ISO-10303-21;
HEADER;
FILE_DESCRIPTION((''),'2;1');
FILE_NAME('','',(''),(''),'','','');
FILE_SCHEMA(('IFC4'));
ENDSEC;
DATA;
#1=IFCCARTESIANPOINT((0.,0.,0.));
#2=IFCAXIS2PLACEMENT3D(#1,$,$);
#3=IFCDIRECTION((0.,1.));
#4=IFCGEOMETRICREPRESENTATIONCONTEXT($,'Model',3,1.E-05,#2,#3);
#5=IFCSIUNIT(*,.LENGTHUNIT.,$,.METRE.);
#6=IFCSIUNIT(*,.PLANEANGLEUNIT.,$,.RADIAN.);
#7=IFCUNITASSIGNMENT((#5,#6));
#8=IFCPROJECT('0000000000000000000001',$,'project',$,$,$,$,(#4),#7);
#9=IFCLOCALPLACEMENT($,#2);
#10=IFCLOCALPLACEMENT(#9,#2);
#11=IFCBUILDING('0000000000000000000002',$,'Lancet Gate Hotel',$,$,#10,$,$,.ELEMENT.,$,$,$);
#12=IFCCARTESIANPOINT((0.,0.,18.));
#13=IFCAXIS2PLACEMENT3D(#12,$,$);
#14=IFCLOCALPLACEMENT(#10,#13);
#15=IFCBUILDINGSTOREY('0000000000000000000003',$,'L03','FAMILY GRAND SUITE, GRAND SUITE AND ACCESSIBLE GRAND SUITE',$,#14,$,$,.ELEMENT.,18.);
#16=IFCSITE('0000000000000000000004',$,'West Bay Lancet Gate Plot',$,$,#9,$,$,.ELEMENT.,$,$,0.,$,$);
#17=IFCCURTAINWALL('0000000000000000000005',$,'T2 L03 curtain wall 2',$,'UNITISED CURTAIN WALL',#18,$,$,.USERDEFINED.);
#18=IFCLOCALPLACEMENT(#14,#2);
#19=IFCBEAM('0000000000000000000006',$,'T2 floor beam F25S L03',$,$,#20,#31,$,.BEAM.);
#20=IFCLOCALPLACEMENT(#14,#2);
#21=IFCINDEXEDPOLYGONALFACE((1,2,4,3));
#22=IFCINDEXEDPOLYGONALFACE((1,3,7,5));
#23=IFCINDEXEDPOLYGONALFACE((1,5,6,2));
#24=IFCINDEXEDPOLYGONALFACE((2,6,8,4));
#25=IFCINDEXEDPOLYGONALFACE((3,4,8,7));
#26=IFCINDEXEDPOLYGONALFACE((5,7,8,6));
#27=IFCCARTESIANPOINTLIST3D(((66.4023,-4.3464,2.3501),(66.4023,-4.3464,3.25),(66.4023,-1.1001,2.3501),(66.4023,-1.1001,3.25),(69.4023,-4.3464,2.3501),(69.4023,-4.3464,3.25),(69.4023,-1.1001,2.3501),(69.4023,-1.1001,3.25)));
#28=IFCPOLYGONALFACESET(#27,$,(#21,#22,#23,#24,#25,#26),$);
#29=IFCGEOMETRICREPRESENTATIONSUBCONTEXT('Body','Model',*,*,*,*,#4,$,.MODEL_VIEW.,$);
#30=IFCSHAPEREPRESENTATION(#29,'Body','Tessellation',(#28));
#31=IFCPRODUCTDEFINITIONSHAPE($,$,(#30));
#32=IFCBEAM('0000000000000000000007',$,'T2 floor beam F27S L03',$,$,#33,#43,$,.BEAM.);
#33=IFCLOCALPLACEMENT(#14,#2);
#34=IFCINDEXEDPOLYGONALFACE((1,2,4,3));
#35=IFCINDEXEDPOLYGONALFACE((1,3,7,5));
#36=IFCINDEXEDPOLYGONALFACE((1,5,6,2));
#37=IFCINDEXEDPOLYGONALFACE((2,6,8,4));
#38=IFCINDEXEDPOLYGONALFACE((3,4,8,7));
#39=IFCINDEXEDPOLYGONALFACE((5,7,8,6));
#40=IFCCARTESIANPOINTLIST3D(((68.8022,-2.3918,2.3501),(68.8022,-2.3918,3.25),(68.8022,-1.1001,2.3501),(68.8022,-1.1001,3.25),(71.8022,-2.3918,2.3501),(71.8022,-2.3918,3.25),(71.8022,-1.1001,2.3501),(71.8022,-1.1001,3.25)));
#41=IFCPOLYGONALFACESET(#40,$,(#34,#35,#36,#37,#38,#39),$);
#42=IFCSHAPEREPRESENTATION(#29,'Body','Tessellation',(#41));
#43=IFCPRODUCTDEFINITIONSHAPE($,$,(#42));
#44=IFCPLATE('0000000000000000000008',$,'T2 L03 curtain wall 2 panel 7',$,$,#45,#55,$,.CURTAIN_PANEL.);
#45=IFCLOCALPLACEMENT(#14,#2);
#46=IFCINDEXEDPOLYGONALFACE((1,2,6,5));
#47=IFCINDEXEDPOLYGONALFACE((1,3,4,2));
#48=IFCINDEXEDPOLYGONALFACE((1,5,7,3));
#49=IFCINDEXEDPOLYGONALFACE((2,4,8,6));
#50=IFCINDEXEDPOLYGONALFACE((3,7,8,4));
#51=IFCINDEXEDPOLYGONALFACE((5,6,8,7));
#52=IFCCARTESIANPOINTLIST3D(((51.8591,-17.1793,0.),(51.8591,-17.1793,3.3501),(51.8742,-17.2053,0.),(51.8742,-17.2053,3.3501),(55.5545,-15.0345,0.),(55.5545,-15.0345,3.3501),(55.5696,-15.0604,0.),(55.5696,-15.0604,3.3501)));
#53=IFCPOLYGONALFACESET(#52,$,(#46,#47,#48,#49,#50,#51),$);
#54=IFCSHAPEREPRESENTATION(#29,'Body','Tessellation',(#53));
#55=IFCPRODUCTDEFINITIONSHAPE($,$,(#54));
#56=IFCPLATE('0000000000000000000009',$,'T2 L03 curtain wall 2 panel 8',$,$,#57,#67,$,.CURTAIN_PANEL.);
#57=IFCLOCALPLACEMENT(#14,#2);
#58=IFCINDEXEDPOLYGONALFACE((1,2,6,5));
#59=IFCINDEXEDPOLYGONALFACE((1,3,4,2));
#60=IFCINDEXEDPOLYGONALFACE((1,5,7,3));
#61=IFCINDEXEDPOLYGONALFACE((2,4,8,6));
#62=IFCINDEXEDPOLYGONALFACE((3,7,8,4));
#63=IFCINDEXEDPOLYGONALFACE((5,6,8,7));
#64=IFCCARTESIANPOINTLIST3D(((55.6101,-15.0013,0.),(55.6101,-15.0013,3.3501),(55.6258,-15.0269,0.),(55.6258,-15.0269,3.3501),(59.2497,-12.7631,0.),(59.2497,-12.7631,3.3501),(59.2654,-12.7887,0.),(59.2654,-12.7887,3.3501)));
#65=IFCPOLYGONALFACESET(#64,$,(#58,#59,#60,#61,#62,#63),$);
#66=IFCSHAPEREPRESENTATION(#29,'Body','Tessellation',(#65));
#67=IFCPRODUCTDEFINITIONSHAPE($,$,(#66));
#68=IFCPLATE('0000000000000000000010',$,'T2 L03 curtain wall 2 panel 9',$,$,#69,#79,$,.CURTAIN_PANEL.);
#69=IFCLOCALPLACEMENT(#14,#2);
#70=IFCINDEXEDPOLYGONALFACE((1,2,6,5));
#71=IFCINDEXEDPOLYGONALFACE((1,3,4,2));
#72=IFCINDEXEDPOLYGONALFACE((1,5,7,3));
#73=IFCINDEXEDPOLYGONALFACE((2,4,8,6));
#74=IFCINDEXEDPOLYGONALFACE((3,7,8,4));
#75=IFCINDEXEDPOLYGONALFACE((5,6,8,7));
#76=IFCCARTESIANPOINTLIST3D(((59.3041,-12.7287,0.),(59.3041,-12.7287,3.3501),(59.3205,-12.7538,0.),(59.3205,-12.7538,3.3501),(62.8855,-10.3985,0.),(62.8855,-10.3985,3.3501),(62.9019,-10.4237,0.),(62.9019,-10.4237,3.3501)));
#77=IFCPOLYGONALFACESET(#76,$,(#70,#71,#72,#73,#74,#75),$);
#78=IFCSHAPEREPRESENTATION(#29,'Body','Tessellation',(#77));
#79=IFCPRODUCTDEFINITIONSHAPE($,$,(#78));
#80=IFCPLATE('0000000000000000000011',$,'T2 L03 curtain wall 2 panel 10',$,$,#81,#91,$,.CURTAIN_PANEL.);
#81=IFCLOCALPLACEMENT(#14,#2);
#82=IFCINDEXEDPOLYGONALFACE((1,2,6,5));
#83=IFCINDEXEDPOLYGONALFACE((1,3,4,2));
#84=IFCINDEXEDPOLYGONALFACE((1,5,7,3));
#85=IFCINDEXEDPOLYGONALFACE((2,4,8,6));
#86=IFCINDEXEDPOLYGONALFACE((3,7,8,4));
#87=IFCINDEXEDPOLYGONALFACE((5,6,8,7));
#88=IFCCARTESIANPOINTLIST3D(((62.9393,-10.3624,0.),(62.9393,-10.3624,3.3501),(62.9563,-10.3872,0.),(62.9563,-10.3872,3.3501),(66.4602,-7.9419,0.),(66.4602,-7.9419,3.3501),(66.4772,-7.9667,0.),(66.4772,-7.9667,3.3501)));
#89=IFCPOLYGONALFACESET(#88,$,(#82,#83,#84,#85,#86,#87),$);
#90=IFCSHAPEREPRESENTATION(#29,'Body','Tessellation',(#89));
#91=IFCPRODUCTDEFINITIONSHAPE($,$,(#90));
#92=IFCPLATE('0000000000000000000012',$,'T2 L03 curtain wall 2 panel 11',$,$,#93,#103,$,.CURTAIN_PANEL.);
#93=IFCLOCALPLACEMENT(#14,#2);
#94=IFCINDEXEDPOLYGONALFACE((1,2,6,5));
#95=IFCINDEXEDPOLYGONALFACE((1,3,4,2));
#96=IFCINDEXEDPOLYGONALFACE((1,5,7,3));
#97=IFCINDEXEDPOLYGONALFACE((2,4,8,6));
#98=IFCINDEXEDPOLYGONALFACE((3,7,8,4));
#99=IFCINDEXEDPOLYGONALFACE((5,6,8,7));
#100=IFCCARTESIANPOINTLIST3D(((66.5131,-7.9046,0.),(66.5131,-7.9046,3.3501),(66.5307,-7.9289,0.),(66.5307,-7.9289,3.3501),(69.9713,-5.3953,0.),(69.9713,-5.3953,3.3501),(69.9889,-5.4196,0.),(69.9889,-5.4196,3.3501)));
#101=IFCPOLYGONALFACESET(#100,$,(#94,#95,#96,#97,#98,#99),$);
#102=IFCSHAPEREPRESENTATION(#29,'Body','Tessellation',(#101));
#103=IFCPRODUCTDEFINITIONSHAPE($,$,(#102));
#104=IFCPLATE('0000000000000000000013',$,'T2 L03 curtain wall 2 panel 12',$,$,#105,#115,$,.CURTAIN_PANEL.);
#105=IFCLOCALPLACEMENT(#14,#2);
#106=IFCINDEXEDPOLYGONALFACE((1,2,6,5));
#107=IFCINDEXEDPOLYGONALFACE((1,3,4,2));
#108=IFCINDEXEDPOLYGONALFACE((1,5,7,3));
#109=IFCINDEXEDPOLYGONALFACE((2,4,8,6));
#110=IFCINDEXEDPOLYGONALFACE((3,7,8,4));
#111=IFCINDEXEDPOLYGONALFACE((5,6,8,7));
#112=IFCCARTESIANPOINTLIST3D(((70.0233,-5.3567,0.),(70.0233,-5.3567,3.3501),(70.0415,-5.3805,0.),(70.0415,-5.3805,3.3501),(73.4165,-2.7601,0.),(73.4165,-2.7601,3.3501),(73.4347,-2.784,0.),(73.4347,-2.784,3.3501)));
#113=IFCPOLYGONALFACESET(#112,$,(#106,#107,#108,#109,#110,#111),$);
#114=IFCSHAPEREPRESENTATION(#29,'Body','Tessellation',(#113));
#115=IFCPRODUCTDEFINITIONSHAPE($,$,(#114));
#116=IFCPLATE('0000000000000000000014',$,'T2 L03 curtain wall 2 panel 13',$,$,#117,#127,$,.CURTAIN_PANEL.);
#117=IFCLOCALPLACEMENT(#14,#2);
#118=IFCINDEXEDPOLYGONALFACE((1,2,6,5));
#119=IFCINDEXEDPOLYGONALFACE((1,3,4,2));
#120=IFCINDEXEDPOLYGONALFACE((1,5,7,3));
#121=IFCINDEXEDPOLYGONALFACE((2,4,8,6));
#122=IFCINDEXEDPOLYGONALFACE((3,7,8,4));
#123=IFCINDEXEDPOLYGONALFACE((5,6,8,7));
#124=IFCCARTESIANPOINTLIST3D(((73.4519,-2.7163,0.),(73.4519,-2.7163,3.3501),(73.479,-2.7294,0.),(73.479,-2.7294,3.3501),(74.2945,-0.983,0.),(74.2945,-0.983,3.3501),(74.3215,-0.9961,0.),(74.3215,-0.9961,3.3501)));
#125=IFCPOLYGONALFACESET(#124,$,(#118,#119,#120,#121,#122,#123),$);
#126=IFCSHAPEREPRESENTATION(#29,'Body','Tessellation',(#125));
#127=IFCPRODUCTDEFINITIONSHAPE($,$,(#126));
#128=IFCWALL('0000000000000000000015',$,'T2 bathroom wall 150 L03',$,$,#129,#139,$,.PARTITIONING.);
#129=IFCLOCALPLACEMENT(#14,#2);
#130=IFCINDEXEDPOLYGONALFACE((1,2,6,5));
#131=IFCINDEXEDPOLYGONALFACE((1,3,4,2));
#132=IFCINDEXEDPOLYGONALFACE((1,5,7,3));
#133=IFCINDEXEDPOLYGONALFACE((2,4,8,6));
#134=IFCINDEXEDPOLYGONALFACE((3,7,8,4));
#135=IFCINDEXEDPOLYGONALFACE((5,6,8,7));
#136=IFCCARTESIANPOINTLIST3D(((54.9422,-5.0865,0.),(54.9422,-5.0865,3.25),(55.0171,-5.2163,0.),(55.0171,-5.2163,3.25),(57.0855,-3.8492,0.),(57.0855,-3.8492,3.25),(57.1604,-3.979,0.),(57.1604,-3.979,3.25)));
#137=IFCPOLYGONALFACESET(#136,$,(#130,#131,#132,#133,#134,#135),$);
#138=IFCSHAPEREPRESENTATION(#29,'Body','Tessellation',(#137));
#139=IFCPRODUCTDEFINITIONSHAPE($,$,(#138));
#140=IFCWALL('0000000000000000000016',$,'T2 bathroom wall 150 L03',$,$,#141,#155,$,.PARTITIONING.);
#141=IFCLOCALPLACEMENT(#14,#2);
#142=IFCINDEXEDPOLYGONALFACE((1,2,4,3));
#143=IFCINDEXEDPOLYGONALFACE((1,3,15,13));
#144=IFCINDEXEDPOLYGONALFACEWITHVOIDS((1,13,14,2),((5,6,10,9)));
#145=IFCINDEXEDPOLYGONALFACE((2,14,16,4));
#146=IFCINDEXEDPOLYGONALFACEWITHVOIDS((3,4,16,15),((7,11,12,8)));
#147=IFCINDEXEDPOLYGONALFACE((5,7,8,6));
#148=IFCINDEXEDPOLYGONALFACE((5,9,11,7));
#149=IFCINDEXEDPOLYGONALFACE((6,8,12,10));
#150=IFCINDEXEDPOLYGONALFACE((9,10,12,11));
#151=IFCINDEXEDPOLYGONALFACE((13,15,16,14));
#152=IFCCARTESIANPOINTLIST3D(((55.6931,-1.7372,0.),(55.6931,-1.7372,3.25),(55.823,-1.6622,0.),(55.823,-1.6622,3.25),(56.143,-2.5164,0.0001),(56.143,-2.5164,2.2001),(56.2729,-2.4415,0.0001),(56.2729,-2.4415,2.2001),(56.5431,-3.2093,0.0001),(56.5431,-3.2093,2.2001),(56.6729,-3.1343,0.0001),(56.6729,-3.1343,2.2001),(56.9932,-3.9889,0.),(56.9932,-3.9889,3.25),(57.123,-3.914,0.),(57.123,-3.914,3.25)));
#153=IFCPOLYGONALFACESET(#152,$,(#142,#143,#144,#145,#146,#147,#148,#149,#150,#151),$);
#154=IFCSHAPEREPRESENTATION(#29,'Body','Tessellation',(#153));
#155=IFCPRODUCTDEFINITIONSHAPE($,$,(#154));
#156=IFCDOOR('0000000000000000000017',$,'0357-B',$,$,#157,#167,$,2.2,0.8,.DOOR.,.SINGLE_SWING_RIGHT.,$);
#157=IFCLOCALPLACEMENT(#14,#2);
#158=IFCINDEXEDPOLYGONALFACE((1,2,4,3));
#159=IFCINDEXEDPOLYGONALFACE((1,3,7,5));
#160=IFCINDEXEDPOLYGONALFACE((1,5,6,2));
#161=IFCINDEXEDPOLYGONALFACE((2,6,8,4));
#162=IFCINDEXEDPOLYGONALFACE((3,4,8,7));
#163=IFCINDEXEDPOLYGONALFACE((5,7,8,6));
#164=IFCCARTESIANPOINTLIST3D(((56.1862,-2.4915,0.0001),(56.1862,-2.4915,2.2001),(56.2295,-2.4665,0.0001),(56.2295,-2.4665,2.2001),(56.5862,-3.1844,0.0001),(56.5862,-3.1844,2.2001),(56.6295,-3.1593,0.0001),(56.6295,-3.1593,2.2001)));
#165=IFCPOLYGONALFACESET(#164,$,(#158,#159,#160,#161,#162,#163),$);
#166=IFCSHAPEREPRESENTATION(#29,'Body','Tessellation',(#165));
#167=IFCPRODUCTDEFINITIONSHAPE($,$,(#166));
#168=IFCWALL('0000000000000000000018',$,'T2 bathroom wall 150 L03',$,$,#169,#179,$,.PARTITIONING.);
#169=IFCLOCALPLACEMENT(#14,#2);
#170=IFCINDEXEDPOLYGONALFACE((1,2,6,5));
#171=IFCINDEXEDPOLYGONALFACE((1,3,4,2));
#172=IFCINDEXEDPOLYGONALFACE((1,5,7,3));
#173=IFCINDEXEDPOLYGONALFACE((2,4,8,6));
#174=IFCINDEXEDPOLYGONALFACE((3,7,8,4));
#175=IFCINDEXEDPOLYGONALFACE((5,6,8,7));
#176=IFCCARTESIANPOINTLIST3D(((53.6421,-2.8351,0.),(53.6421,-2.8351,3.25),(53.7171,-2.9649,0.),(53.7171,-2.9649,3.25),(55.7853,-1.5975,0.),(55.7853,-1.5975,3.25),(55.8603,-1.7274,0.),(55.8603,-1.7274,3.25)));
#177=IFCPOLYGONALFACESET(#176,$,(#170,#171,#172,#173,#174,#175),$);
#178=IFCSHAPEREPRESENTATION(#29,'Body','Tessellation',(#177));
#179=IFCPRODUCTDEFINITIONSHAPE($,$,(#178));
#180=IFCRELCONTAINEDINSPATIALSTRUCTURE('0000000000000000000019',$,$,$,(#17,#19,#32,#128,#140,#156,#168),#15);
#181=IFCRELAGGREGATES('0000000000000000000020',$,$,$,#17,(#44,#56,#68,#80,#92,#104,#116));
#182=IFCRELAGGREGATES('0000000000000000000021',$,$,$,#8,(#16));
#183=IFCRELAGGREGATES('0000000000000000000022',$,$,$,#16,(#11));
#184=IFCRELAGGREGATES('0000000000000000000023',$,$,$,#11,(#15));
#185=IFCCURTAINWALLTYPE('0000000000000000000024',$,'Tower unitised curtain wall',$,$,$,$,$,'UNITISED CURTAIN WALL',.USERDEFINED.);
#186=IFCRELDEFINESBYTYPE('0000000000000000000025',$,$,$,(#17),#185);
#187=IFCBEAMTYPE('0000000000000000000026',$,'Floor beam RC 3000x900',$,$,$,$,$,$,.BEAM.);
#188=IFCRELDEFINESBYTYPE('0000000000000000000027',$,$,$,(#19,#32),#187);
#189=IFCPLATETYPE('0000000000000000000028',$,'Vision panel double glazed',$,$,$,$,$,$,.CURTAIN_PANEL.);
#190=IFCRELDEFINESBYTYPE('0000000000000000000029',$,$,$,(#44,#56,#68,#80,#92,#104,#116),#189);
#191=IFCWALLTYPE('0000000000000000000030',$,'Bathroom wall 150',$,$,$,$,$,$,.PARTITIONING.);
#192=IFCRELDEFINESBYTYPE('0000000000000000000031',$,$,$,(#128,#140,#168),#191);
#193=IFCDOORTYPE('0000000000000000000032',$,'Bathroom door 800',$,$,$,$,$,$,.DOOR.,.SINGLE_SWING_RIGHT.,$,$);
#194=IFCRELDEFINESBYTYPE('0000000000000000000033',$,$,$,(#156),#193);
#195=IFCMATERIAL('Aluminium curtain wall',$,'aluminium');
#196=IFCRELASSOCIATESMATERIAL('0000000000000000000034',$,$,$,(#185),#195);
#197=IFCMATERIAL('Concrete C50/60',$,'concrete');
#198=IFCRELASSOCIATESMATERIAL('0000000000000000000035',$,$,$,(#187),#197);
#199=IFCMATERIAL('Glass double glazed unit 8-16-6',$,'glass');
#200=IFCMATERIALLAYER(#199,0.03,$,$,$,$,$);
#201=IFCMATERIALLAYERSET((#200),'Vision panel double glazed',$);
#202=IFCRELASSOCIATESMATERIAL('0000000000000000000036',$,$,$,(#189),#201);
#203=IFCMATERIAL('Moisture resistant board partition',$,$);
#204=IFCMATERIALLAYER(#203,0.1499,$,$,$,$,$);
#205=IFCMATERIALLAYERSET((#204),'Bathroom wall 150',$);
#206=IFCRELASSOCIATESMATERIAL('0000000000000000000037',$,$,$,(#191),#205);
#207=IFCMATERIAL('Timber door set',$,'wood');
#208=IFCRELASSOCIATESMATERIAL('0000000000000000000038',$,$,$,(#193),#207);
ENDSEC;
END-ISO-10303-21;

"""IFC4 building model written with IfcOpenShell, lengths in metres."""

from ifc_helpers import new_model, si_unit, direction, frame, frame_2d, origin, origin_2d, place, context, subcontext, project, spatial, rectangle, extrude, material, layer, layer_set, material_profile, profile_set, type_object, element, fill, aggregate, save


model = new_model("IFC4")

# Units and contexts
model_context = context("Model", 3, precision=1e-05, world=origin(), true_north=direction((0.0, 1.0)))
body_context = subcontext(model_context, "Body", "Model", "MODEL_VIEW")
ifc_project = project(units=[si_unit("LENGTHUNIT", "METRE"), si_unit("PLANEANGLEUNIT", "RADIAN")], contexts=[model_context])

# Site, building, storey
site_placement = place(None, origin())
site = spatial("IfcSite", under=ifc_project, at=site_placement, Name="West Bay Lancet Gate Plot", CompositionType="ELEMENT", RefElevation=0.0)
building_placement = place(site_placement, origin())
building = spatial("IfcBuilding", under=site, at=building_placement, Name="Lancet Gate Hotel", CompositionType="ELEMENT")
storey_placement = place(building_placement, frame((0.0, 0.0, 18.0)))
storey = spatial("IfcBuildingStorey", under=building, at=storey_placement, Name="L03", Description="FAMILY GRAND SUITE, GRAND SUITE AND ACCESSIBLE GRAND SUITE", CompositionType="ELEMENT", Elevation=18.0)

# Curtain wall
ifc_material_1 = material(Name="Aluminium curtain wall", Category="aluminium")
curtain_wall_type = type_object("IfcCurtainWallType", Name="Tower unitised curtain wall", ElementType="UNITISED CURTAIN WALL", PredefinedType="USERDEFINED", material=ifc_material_1)
curtain_wall_placement = place(storey_placement, origin())
curtain_wall = element("IfcCurtainWall", 1, at=curtain_wall_placement, inside=storey, type_object=curtain_wall_type, Name="T2 L03 curtain wall 2", ObjectType="UNITISED CURTAIN WALL", PredefinedType="USERDEFINED")

# Beams
ifc_material_2 = material(Name="Concrete C50/60", Category="concrete")
ifc_material_profile_1 = material_profile(ifc_material_2, rectangle(XDim=3.0, YDim=0.8999, at=origin_2d()), Name="RC 3000x900")
ifc_profile_set_1 = profile_set([ifc_material_profile_1], Name="Concrete C50/60")
beam_type_1 = type_object("IfcBeamType", Name="Floor beam RC 3000x900", PredefinedType="BEAM", material=ifc_profile_set_1)
beam_1_placement = place(storey_placement, frame((67.9023, -4.3464, 2.8), z_axis=(0.0, 1.0, 0.0), x_axis=(-1.0, 0.0, 0.0)))
element("IfcBeam", 2, at=beam_1_placement, inside=storey, type_object=beam_type_1, Name="T2 floor beam F25S L03", PredefinedType="BEAM", context=body_context, shape_type="SweptSolid", body=[
    extrude(rectangle(XDim=3.0, YDim=0.8999, at=origin_2d()), origin(), (0.0, 0.0, 1.0), 3.2463),
])
beam_2_placement = place(storey_placement, frame((70.3022, -2.3918, 2.8), z_axis=(0.0, 1.0, 0.0), x_axis=(-1.0, 0.0, 0.0)))
element("IfcBeam", 3, at=beam_2_placement, inside=storey, type_object=beam_type_1, Name="T2 floor beam F27S L03", PredefinedType="BEAM", context=body_context, shape_type="SweptSolid", body=[
    extrude(rectangle(XDim=3.0, YDim=0.8999, at=origin_2d()), origin(), (0.0, 0.0, 1.0), 1.2917),
])

# Plates
ifc_material_3 = material(Name="Glass double glazed unit 8-16-6", Category="glass")
ifc_layer_1 = layer(ifc_material_3, 0.03)
ifc_layer_set_1 = layer_set([ifc_layer_1], Name="Vision panel double glazed")
plate_type = type_object("IfcPlateType", Name="Vision panel double glazed", PredefinedType="CURTAIN_PANEL", material=ifc_layer_set_1)
plate_1_placement = place(storey_placement, frame((53.7144, -16.1199, 0.0), z_axis=(0.0, 0.0, 1.0), x_axis=(0.864872, 0.501993, 0.0)))
plate_1 = element("IfcPlate", 4, at=plate_1_placement, type_object=plate_type, Name="T2 L03 curtain wall 2 panel 7", PredefinedType="CURTAIN_PANEL", context=body_context, shape_type="SweptSolid", body=[
    extrude(rectangle(XDim=4.2727, YDim=0.03, at=origin_2d()), origin(), (0.0, 0.0, 1.0), 3.3501),
])
plate_2_placement = place(storey_placement, frame((57.4377, -13.895, 0.0), z_axis=(0.0, 0.0, 1.0), x_axis=(0.851815, 0.523842, 0.0)))
plate_2 = element("IfcPlate", 5, at=plate_2_placement, type_object=plate_type, Name="T2 L03 curtain wall 2 panel 8", PredefinedType="CURTAIN_PANEL", context=body_context, shape_type="SweptSolid", body=[
    extrude(rectangle(XDim=4.2727, YDim=0.03, at=origin_2d()), origin(), (0.0, 0.0, 1.0), 3.3501),
])
plate_3_placement = place(storey_placement, frame((61.103, -11.5762, 0.0), z_axis=(0.0, 0.0, 1.0), x_axis=(0.838207, 0.545353, 0.0)))
plate_3 = element("IfcPlate", 6, at=plate_3_placement, type_object=plate_type, Name="T2 L03 curtain wall 2 panel 9", PredefinedType="CURTAIN_PANEL", context=body_context, shape_type="SweptSolid", body=[
    extrude(rectangle(XDim=4.2727, YDim=0.03, at=origin_2d()), origin(), (0.0, 0.0, 1.0), 3.3501),
])
plate_4_placement = place(storey_placement, frame((64.7083, -9.1646, 0.0), z_axis=(0.0, 0.0, 1.0), x_axis=(0.824055, 0.566509, 0.0)))
plate_4 = element("IfcPlate", 7, at=plate_4_placement, type_object=plate_type, Name="T2 L03 curtain wall 2 panel 10", PredefinedType="CURTAIN_PANEL", context=body_context, shape_type="SweptSolid", body=[
    extrude(rectangle(XDim=4.2727, YDim=0.03, at=origin_2d()), origin(), (0.0, 0.0, 1.0), 3.3501),
])
plate_5_placement = place(storey_placement, frame((68.251, -6.6621, 0.0), z_axis=(0.0, 0.0, 1.0), x_axis=(0.80937, 0.587299, 0.0)))
plate_5 = element("IfcPlate", 8, at=plate_5_placement, type_object=plate_type, Name="T2 L03 curtain wall 2 panel 11", PredefinedType="CURTAIN_PANEL", context=body_context, shape_type="SweptSolid", body=[
    extrude(rectangle(XDim=4.2727, YDim=0.03, at=origin_2d()), origin(), (0.0, 0.0, 1.0), 3.3501),
])
plate_6_placement = place(storey_placement, frame((71.729, -4.0703, 0.0), z_axis=(0.0, 0.0, 1.0), x_axis=(0.79416, 0.607709, 0.0)))
plate_6 = element("IfcPlate", 9, at=plate_6_placement, type_object=plate_type, Name="T2 L03 curtain wall 2 panel 12", PredefinedType="CURTAIN_PANEL", context=body_context, shape_type="SweptSolid", body=[
    extrude(rectangle(XDim=4.2727, YDim=0.03, at=origin_2d()), origin(), (0.0, 0.0, 1.0), 3.3501),
])
plate_7_placement = place(storey_placement, frame((73.8867, -1.8562, 0.0), z_axis=(0.0, 0.0, 1.0), x_axis=(0.437169, 0.899379, 0.0)))
plate_7 = element("IfcPlate", 10, at=plate_7_placement, type_object=plate_type, Name="T2 L03 curtain wall 2 panel 13", PredefinedType="CURTAIN_PANEL", context=body_context, shape_type="SweptSolid", body=[
    extrude(rectangle(XDim=1.9272, YDim=0.03, at=origin_2d()), origin(), (0.0, 0.0, 1.0), 3.3501),
])
aggregate(curtain_wall, [plate_1, plate_2, plate_3, plate_4, plate_5, plate_6, plate_7])

# Wall
ifc_material_4 = material(Name="Moisture resistant board partition")
ifc_layer_2 = layer(ifc_material_4, 0.1499)
ifc_layer_set_2 = layer_set([ifc_layer_2], Name="Bathroom wall 150")
wall_type = type_object("IfcWallType", Name="Bathroom wall 150", PredefinedType="PARTITIONING", material=ifc_layer_set_2)
wall_1_placement = place(storey_placement, frame((54.9797, -5.1514, 0.0), z_axis=(0.0, 0.0, 1.0), x_axis=(0.866049, 0.499959, 0.0)))
element("IfcWall", 11, at=wall_1_placement, inside=storey, type_object=wall_type, Name="T2 bathroom wall 150 L03", PredefinedType="PARTITIONING", context=body_context, shape_type="SweptSolid", body=[
    extrude(rectangle(XDim=2.4749, YDim=0.1499, at=frame_2d((1.2373, 0.0))), origin(), (0.0, 0.0, 1.0), 3.25),
])

# Wall, opening, door
wall_2_placement = place(storey_placement, frame((55.7581, -1.6997, 0.0), z_axis=(0.0, 0.0, 1.0), x_axis=(0.500007, -0.866021, 0.0)))
wall_2 = element("IfcWall", 12, at=wall_2_placement, inside=storey, type_object=wall_type, Name="T2 bathroom wall 150 L03", PredefinedType="PARTITIONING", context=body_context, shape_type="SweptSolid", body=[
    extrude(rectangle(XDim=2.6001, YDim=0.1499, at=frame_2d((1.3, 0.0))), origin(), (0.0, 0.0, 1.0), 3.25),
])
opening_placement = place(wall_2_placement, frame((0.8999, 0.0, 0.0)))
opening = element("IfcOpeningElement", 13, at=opening_placement, cuts=wall_2, PredefinedType="OPENING", context=body_context, shape_type="SweptSolid", body=[
    extrude(rectangle(XDim=0.8, YDim=2.2, at=frame_2d((0.3999, 1.1001))), frame((0.0, 0.085, 0.0), z_axis=(0.0, -1.0, 0.0), x_axis=(1.0, 0.0, 0.0)), (0.0, 0.0, 1.0), 0.1699),
])
ifc_material_5 = material(Name="Timber door set", Category="wood")
door_type = type_object("IfcDoorType", Name="Bathroom door 800", OperationType="SINGLE_SWING_RIGHT", PredefinedType="DOOR", material=ifc_material_5)
door_placement = place(opening_placement, origin())
door = element("IfcDoor", 14, at=door_placement, inside=storey, type_object=door_type, Name="0357-B", OperationType="SINGLE_SWING_RIGHT", OverallHeight=2.2, OverallWidth=0.8, PredefinedType="DOOR", context=body_context, shape_type="SweptSolid", body=[
    extrude(rectangle(XDim=0.8, YDim=2.2, at=frame_2d((0.3999, 1.1001))), frame((0.0, 0.0249, 0.0), z_axis=(0.0, -1.0, 0.0), x_axis=(1.0, 0.0, 0.0)), (0.0, 0.0, 1.0), 0.05),
])
fill(opening, door)

# Wall
wall_3_placement = place(storey_placement, frame((53.6797, -2.8999, 0.0), z_axis=(0.0, 0.0, 1.0), x_axis=(0.866007, 0.500033, 0.0)))
element("IfcWall", 15, at=wall_3_placement, inside=storey, type_object=wall_type, Name="T2 bathroom wall 150 L03", PredefinedType="PARTITIONING", context=body_context, shape_type="SweptSolid", body=[
    extrude(rectangle(XDim=2.4749, YDim=0.1499, at=frame_2d((1.2373, 0.0))), origin(), (0.0, 0.0, 1.0), 3.25),
])

save(model, "model.ifc")
